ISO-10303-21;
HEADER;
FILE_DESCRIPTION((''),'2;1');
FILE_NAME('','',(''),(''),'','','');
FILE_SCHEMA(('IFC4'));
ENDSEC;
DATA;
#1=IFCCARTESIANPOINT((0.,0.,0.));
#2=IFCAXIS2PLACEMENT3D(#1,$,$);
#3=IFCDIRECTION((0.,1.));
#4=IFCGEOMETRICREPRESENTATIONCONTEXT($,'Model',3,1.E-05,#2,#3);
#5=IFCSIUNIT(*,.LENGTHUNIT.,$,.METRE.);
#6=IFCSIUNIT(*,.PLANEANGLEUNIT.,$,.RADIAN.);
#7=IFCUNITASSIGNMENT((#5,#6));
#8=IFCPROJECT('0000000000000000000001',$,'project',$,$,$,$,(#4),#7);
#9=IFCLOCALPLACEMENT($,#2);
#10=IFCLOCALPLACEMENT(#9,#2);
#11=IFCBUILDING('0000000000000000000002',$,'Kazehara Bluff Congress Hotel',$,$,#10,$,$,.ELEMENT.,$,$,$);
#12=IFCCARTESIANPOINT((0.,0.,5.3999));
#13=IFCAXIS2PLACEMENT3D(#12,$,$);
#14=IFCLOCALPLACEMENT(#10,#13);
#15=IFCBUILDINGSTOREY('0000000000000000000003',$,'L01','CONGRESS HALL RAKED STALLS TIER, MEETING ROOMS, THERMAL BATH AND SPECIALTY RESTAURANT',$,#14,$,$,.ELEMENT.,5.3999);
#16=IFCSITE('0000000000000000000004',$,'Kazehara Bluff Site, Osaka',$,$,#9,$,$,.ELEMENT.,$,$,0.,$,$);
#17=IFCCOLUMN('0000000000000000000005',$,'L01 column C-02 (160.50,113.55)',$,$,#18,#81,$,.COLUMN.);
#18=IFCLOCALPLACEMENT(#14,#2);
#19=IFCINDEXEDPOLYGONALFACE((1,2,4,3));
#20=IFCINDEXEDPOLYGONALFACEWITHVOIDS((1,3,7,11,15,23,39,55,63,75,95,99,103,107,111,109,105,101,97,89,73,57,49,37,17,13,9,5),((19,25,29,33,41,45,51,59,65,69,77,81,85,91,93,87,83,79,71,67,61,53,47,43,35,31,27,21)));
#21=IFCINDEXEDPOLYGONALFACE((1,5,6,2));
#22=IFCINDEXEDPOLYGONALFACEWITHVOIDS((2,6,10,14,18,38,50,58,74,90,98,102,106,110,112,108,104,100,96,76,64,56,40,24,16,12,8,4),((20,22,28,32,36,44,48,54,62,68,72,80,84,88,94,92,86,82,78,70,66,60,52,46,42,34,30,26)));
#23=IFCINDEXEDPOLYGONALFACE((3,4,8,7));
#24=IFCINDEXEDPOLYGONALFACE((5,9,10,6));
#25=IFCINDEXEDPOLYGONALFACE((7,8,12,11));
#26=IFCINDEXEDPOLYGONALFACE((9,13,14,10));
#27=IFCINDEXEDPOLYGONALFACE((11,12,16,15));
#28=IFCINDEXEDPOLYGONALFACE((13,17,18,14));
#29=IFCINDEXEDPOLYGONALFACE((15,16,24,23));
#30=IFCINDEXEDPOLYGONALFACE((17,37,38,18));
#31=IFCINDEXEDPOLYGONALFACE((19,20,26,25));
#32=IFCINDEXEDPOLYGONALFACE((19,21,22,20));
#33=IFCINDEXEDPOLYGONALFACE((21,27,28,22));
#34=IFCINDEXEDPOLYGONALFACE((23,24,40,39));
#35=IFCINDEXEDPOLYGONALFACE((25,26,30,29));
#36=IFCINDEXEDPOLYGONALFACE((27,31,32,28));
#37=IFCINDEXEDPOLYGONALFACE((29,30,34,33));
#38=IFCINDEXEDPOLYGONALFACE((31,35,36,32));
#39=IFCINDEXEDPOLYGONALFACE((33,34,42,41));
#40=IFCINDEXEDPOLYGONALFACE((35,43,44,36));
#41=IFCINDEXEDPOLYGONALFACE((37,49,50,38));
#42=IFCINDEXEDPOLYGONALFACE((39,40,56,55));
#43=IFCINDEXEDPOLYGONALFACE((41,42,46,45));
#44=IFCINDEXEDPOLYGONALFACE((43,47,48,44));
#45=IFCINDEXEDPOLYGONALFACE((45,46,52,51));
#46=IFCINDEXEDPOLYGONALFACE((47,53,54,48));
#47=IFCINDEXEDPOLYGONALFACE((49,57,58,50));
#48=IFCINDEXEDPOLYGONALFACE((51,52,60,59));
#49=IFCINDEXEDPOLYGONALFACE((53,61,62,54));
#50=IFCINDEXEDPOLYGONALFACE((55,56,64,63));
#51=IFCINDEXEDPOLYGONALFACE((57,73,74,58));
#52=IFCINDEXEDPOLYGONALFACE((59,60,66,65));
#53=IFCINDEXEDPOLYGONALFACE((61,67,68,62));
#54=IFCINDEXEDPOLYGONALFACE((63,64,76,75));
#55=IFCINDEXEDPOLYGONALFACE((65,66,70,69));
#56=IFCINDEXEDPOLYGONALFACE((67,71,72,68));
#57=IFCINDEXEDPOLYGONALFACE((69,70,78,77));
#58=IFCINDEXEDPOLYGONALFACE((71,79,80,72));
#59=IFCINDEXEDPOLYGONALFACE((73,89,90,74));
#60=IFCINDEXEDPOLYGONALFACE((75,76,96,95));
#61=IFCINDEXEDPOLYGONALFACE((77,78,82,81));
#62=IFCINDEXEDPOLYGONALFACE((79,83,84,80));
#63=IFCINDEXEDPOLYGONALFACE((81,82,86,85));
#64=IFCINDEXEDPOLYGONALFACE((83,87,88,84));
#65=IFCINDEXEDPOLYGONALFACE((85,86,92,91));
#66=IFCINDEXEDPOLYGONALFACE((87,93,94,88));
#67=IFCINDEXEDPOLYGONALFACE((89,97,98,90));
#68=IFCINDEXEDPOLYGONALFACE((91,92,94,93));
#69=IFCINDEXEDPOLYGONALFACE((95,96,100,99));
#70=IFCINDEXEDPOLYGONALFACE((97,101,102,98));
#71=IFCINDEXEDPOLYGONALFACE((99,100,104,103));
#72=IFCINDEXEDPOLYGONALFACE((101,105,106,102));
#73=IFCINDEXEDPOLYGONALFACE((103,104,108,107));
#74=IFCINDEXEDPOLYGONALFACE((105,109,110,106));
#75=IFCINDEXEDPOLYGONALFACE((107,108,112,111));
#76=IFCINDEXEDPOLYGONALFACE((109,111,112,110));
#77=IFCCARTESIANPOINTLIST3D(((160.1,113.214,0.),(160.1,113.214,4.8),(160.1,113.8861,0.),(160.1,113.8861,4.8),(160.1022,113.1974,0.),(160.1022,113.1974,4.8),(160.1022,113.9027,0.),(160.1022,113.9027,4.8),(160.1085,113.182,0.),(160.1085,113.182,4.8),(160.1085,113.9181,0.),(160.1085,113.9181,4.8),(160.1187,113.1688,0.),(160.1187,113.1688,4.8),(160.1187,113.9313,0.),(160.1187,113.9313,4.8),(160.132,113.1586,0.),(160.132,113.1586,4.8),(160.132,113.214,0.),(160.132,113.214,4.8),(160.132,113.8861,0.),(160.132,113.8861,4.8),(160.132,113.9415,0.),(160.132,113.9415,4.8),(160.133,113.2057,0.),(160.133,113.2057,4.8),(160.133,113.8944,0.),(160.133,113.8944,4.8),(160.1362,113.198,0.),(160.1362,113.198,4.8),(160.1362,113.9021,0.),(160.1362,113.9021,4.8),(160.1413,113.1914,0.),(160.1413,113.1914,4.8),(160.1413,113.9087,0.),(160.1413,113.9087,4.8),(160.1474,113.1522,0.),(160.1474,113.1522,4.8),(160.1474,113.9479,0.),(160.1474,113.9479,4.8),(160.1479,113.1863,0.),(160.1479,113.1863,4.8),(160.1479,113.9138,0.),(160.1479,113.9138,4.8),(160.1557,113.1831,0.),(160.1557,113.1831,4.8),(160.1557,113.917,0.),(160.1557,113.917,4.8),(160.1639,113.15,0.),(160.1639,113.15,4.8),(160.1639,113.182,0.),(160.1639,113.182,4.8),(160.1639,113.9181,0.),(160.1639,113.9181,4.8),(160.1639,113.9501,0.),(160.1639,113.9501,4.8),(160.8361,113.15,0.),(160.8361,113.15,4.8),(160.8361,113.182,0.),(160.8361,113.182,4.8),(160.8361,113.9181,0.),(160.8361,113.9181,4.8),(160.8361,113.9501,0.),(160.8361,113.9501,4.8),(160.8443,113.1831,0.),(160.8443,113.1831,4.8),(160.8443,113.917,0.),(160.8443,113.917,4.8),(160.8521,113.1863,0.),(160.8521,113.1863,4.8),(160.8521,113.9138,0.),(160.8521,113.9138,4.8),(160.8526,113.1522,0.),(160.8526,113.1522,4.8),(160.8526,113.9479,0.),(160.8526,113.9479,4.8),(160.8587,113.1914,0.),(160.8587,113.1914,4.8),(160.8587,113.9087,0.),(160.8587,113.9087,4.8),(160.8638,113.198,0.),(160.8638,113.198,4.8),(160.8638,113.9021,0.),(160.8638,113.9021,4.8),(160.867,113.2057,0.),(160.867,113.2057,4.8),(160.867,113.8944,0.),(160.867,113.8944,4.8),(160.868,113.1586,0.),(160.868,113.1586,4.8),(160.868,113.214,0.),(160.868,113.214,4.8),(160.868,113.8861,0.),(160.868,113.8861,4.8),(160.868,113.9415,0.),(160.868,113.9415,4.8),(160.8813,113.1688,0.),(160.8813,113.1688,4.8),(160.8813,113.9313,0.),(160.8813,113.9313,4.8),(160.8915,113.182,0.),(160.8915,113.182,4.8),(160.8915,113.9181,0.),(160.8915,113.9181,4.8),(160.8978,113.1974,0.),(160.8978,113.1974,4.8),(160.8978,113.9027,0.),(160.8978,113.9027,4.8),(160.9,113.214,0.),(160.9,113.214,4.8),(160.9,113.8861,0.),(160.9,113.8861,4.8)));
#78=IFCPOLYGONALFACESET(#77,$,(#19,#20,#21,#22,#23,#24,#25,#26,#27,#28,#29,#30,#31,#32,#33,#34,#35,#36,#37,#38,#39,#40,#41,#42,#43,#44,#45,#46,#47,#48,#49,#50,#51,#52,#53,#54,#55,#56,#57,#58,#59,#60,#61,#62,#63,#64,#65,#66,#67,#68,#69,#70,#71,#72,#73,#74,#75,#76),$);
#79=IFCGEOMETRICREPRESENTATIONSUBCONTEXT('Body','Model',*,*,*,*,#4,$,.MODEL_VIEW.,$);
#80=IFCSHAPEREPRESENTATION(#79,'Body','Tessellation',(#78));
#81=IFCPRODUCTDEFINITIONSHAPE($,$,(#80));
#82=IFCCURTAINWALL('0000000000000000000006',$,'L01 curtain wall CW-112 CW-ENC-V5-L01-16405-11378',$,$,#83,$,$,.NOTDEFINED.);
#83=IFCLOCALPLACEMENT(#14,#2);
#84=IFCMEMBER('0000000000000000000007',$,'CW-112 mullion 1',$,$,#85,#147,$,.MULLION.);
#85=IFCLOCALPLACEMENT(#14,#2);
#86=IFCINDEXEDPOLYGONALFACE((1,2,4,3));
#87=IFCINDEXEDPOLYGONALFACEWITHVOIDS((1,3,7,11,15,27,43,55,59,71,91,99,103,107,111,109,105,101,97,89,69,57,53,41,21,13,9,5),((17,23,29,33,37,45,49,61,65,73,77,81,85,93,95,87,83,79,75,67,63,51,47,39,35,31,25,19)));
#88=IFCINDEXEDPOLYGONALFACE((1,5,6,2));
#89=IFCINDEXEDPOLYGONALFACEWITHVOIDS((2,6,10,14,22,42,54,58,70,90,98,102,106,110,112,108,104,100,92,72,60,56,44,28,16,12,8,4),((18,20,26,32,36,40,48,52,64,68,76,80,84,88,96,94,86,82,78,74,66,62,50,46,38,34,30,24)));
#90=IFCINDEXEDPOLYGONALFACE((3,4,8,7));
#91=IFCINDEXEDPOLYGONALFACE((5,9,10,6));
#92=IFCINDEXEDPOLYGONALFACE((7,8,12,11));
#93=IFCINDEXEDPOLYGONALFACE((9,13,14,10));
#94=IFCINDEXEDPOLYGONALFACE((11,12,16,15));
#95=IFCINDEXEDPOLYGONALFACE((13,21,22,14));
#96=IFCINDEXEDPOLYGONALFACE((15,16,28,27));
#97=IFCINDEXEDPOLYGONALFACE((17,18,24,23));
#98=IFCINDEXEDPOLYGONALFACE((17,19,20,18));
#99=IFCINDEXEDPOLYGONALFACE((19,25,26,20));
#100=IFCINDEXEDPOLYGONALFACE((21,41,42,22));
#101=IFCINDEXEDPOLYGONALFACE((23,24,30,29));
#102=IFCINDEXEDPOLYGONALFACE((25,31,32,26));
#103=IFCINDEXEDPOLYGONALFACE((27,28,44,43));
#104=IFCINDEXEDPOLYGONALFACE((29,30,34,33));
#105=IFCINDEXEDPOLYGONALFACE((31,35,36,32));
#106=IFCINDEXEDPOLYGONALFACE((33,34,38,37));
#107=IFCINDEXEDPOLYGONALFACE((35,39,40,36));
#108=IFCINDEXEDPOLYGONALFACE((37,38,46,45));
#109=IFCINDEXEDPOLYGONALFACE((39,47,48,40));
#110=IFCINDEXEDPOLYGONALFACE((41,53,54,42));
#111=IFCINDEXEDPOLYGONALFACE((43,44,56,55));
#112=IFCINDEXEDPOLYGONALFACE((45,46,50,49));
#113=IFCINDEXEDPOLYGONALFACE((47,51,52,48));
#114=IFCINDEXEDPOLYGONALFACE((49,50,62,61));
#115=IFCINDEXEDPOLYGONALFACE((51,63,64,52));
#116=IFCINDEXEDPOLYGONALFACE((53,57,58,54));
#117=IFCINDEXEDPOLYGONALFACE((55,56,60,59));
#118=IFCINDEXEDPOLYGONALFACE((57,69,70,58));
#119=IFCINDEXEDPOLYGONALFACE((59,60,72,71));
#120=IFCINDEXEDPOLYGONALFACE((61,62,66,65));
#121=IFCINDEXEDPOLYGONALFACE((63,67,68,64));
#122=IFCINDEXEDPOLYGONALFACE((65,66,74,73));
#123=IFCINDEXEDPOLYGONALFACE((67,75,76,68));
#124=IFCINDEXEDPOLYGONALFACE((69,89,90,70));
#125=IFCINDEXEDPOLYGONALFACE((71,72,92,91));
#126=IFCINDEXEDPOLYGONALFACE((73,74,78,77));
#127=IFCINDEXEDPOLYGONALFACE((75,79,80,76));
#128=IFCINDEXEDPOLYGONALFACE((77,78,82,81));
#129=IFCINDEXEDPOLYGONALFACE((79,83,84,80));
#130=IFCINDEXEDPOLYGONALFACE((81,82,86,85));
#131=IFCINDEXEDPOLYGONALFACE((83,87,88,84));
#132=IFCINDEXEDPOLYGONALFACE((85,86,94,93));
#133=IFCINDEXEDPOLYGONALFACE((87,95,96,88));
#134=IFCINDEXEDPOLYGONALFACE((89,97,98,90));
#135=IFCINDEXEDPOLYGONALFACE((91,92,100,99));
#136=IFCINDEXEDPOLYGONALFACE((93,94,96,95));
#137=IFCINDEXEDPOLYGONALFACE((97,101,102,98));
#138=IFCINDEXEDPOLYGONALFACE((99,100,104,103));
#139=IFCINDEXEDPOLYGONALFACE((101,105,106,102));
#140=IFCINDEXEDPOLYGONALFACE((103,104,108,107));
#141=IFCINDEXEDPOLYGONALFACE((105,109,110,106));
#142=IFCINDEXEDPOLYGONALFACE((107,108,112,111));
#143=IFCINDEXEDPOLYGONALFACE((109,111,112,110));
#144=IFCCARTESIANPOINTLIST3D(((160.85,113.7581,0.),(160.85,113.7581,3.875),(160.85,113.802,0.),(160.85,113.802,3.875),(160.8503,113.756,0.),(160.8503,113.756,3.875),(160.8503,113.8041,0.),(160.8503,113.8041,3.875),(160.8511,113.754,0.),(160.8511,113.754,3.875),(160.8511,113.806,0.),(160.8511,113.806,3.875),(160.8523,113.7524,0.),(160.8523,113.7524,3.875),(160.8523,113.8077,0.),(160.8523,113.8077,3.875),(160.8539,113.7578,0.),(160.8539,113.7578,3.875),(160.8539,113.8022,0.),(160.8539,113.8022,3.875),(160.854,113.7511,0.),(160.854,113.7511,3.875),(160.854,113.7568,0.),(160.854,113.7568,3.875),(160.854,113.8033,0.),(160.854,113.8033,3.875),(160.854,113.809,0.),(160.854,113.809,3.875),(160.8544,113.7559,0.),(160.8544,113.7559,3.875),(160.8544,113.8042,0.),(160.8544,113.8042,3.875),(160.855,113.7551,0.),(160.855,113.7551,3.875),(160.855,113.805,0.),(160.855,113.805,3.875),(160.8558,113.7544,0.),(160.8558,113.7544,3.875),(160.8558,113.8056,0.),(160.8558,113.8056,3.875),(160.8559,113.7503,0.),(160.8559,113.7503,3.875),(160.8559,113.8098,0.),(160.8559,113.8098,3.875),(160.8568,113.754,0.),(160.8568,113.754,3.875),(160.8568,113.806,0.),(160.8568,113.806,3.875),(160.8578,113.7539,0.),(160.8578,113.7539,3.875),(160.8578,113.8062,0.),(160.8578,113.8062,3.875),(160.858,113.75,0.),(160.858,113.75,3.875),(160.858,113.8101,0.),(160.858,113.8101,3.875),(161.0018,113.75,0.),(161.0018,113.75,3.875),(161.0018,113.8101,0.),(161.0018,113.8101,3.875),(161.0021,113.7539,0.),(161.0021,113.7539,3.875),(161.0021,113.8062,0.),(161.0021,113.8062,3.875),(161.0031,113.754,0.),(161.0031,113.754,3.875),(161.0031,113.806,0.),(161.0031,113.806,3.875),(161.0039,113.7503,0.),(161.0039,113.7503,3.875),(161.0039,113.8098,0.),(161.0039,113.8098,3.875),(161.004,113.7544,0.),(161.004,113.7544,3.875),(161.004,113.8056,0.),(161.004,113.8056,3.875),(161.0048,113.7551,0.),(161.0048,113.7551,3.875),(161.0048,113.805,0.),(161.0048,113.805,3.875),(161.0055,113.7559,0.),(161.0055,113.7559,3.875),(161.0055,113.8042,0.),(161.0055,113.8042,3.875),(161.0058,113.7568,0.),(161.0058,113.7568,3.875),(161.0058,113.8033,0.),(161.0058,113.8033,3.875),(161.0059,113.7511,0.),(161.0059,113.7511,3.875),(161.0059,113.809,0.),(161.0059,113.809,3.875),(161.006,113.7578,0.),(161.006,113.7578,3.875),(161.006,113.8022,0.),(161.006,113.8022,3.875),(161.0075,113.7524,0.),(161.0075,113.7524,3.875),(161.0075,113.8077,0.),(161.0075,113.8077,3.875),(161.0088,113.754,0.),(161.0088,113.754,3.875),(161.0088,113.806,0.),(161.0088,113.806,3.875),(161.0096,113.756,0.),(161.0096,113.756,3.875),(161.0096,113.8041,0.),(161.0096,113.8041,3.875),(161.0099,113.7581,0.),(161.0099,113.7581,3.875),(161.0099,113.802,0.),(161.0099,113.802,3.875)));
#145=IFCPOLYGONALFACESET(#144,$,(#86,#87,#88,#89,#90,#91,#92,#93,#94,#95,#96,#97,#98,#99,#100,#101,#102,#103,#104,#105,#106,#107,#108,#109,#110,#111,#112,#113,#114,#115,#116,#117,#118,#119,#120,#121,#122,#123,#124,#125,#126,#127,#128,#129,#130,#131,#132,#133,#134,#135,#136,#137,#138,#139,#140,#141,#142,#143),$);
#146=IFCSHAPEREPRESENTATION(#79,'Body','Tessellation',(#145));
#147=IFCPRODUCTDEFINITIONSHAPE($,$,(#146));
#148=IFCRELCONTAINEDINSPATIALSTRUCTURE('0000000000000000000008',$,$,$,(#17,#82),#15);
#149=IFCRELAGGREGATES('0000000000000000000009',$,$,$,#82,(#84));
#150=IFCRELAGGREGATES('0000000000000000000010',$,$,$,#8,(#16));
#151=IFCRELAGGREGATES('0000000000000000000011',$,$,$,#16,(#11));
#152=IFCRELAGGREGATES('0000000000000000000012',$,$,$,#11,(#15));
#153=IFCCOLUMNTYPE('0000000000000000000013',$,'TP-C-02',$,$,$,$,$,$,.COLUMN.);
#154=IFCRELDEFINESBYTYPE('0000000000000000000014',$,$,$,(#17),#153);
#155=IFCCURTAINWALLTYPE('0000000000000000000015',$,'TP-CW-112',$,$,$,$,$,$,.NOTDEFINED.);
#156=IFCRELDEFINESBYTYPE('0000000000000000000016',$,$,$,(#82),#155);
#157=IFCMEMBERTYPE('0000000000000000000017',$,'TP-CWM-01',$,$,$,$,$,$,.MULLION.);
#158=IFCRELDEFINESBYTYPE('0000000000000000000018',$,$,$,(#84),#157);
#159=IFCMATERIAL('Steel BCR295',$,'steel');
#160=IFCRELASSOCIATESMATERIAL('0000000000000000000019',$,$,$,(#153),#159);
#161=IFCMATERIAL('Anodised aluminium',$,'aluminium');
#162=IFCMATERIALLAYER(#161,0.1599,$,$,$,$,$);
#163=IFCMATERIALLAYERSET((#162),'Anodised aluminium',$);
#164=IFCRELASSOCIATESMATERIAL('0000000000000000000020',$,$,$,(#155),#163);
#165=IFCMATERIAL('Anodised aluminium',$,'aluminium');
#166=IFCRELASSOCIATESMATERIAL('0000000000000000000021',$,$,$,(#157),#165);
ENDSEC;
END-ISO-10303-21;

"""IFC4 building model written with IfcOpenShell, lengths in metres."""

from ifc_helpers import new_model, si_unit, direction, frame, origin, origin_2d, place, context, subcontext, project, spatial, hollow_rectangle, extrude, material, layer, layer_set, material_profile, profile_set, type_object, element, aggregate, save


model = new_model("IFC4")

# Units and contexts
model_context = context("Model", 3, precision=1e-05, world=origin(), true_north=direction((0.0, 1.0)))
body_context = subcontext(model_context, "Body", "Model", "MODEL_VIEW")
ifc_project = project(units=[si_unit("LENGTHUNIT", "METRE"), si_unit("PLANEANGLEUNIT", "RADIAN")], contexts=[model_context])

# Site, building, storey
site_placement = place(None, origin())
site = spatial("IfcSite", under=ifc_project, at=site_placement, Name="Kazehara Bluff Site, Osaka", CompositionType="ELEMENT", RefElevation=0.0)
building_placement = place(site_placement, origin())
building = spatial("IfcBuilding", under=site, at=building_placement, Name="Kazehara Bluff Congress Hotel", CompositionType="ELEMENT")
storey_placement = place(building_placement, frame((0.0, 0.0, 5.3999)))
storey = spatial("IfcBuildingStorey", under=building, at=storey_placement, Name="L01", Description="CONGRESS HALL RAKED STALLS TIER, MEETING ROOMS, THERMAL BATH AND SPECIALTY RESTAURANT", CompositionType="ELEMENT", Elevation=5.3999)

# Column
ifc_material_1 = material(Name="Steel BCR295", Category="steel")
ifc_material_profile_1 = material_profile(ifc_material_1, hollow_rectangle(XDim=0.8, YDim=0.8, WallThickness=0.032, InnerFilletRadius=0.032, OuterFilletRadius=0.064, at=origin_2d()))
ifc_profile_set_1 = profile_set([ifc_material_profile_1], Name="Steel BCR295")
column_type = type_object("IfcColumnType", Name="TP-C-02", PredefinedType="COLUMN", material=ifc_profile_set_1)
column_placement = place(storey_placement, frame((160.5, 113.55, 0.0), z_axis=(0.0, 0.0, 1.0), x_axis=(1.0, 0.0, 0.0)))
element("IfcColumn", 1, at=column_placement, inside=storey, type_object=column_type, Name="L01 column C-02 (160.50,113.55)", PredefinedType="COLUMN", context=body_context, shape_type="SweptSolid", body=[
    extrude(hollow_rectangle(XDim=0.8, YDim=0.8, WallThickness=0.032, InnerFilletRadius=0.032, OuterFilletRadius=0.064, at=origin_2d()), origin(), (0.0, 0.0, 1.0), 4.8),
])

# Curtain wall, member
ifc_material_2 = material(Name="Anodised aluminium", Category="aluminium")
ifc_layer_1 = layer(ifc_material_2, 0.1599)
ifc_layer_set_1 = layer_set([ifc_layer_1], Name="Anodised aluminium")
curtain_wall_type_1 = type_object("IfcCurtainWallType", Name="TP-CW-112", PredefinedType="NOTDEFINED", material=ifc_layer_set_1)
curtain_wall_1_placement = place(storey_placement, origin())
curtain_wall_1 = element("IfcCurtainWall", 2, at=curtain_wall_1_placement, inside=storey, type_object=curtain_wall_type_1, Name="L01 curtain wall CW-112 CW-ENC-V5-L01-16405-11378", PredefinedType="NOTDEFINED")
ifc_material_3 = material(Name="Anodised aluminium", Category="aluminium")
ifc_material_profile_2 = material_profile(ifc_material_3, hollow_rectangle(XDim=0.0601, YDim=0.1599, WallThickness=0.0039, InnerFilletRadius=0.0039, OuterFilletRadius=0.0081, at=origin_2d()))
ifc_profile_set_2 = profile_set([ifc_material_profile_2], Name="Anodised aluminium")
member_type_1 = type_object("IfcMemberType", Name="TP-CWM-01", PredefinedType="MULLION", material=ifc_profile_set_2)
member_1_placement = place(storey_placement, frame((160.9299, 113.78, 0.0), z_axis=(0.0, 0.0, 1.0), x_axis=(0.0, 1.0, 0.0)))
member_1 = element("IfcMember", 3, at=member_1_placement, type_object=member_type_1, Name="CW-112 mullion 1", PredefinedType="MULLION", context=body_context, shape_type="SweptSolid", body=[
    extrude(hollow_rectangle(XDim=0.0601, YDim=0.1599, WallThickness=0.0039, InnerFilletRadius=0.0039, OuterFilletRadius=0.0081, at=origin_2d()), origin(), (0.0, 0.0, 1.0), 3.875),
])

aggregate(curtain_wall_1, [member_1])

save(model, "model.ifc")
